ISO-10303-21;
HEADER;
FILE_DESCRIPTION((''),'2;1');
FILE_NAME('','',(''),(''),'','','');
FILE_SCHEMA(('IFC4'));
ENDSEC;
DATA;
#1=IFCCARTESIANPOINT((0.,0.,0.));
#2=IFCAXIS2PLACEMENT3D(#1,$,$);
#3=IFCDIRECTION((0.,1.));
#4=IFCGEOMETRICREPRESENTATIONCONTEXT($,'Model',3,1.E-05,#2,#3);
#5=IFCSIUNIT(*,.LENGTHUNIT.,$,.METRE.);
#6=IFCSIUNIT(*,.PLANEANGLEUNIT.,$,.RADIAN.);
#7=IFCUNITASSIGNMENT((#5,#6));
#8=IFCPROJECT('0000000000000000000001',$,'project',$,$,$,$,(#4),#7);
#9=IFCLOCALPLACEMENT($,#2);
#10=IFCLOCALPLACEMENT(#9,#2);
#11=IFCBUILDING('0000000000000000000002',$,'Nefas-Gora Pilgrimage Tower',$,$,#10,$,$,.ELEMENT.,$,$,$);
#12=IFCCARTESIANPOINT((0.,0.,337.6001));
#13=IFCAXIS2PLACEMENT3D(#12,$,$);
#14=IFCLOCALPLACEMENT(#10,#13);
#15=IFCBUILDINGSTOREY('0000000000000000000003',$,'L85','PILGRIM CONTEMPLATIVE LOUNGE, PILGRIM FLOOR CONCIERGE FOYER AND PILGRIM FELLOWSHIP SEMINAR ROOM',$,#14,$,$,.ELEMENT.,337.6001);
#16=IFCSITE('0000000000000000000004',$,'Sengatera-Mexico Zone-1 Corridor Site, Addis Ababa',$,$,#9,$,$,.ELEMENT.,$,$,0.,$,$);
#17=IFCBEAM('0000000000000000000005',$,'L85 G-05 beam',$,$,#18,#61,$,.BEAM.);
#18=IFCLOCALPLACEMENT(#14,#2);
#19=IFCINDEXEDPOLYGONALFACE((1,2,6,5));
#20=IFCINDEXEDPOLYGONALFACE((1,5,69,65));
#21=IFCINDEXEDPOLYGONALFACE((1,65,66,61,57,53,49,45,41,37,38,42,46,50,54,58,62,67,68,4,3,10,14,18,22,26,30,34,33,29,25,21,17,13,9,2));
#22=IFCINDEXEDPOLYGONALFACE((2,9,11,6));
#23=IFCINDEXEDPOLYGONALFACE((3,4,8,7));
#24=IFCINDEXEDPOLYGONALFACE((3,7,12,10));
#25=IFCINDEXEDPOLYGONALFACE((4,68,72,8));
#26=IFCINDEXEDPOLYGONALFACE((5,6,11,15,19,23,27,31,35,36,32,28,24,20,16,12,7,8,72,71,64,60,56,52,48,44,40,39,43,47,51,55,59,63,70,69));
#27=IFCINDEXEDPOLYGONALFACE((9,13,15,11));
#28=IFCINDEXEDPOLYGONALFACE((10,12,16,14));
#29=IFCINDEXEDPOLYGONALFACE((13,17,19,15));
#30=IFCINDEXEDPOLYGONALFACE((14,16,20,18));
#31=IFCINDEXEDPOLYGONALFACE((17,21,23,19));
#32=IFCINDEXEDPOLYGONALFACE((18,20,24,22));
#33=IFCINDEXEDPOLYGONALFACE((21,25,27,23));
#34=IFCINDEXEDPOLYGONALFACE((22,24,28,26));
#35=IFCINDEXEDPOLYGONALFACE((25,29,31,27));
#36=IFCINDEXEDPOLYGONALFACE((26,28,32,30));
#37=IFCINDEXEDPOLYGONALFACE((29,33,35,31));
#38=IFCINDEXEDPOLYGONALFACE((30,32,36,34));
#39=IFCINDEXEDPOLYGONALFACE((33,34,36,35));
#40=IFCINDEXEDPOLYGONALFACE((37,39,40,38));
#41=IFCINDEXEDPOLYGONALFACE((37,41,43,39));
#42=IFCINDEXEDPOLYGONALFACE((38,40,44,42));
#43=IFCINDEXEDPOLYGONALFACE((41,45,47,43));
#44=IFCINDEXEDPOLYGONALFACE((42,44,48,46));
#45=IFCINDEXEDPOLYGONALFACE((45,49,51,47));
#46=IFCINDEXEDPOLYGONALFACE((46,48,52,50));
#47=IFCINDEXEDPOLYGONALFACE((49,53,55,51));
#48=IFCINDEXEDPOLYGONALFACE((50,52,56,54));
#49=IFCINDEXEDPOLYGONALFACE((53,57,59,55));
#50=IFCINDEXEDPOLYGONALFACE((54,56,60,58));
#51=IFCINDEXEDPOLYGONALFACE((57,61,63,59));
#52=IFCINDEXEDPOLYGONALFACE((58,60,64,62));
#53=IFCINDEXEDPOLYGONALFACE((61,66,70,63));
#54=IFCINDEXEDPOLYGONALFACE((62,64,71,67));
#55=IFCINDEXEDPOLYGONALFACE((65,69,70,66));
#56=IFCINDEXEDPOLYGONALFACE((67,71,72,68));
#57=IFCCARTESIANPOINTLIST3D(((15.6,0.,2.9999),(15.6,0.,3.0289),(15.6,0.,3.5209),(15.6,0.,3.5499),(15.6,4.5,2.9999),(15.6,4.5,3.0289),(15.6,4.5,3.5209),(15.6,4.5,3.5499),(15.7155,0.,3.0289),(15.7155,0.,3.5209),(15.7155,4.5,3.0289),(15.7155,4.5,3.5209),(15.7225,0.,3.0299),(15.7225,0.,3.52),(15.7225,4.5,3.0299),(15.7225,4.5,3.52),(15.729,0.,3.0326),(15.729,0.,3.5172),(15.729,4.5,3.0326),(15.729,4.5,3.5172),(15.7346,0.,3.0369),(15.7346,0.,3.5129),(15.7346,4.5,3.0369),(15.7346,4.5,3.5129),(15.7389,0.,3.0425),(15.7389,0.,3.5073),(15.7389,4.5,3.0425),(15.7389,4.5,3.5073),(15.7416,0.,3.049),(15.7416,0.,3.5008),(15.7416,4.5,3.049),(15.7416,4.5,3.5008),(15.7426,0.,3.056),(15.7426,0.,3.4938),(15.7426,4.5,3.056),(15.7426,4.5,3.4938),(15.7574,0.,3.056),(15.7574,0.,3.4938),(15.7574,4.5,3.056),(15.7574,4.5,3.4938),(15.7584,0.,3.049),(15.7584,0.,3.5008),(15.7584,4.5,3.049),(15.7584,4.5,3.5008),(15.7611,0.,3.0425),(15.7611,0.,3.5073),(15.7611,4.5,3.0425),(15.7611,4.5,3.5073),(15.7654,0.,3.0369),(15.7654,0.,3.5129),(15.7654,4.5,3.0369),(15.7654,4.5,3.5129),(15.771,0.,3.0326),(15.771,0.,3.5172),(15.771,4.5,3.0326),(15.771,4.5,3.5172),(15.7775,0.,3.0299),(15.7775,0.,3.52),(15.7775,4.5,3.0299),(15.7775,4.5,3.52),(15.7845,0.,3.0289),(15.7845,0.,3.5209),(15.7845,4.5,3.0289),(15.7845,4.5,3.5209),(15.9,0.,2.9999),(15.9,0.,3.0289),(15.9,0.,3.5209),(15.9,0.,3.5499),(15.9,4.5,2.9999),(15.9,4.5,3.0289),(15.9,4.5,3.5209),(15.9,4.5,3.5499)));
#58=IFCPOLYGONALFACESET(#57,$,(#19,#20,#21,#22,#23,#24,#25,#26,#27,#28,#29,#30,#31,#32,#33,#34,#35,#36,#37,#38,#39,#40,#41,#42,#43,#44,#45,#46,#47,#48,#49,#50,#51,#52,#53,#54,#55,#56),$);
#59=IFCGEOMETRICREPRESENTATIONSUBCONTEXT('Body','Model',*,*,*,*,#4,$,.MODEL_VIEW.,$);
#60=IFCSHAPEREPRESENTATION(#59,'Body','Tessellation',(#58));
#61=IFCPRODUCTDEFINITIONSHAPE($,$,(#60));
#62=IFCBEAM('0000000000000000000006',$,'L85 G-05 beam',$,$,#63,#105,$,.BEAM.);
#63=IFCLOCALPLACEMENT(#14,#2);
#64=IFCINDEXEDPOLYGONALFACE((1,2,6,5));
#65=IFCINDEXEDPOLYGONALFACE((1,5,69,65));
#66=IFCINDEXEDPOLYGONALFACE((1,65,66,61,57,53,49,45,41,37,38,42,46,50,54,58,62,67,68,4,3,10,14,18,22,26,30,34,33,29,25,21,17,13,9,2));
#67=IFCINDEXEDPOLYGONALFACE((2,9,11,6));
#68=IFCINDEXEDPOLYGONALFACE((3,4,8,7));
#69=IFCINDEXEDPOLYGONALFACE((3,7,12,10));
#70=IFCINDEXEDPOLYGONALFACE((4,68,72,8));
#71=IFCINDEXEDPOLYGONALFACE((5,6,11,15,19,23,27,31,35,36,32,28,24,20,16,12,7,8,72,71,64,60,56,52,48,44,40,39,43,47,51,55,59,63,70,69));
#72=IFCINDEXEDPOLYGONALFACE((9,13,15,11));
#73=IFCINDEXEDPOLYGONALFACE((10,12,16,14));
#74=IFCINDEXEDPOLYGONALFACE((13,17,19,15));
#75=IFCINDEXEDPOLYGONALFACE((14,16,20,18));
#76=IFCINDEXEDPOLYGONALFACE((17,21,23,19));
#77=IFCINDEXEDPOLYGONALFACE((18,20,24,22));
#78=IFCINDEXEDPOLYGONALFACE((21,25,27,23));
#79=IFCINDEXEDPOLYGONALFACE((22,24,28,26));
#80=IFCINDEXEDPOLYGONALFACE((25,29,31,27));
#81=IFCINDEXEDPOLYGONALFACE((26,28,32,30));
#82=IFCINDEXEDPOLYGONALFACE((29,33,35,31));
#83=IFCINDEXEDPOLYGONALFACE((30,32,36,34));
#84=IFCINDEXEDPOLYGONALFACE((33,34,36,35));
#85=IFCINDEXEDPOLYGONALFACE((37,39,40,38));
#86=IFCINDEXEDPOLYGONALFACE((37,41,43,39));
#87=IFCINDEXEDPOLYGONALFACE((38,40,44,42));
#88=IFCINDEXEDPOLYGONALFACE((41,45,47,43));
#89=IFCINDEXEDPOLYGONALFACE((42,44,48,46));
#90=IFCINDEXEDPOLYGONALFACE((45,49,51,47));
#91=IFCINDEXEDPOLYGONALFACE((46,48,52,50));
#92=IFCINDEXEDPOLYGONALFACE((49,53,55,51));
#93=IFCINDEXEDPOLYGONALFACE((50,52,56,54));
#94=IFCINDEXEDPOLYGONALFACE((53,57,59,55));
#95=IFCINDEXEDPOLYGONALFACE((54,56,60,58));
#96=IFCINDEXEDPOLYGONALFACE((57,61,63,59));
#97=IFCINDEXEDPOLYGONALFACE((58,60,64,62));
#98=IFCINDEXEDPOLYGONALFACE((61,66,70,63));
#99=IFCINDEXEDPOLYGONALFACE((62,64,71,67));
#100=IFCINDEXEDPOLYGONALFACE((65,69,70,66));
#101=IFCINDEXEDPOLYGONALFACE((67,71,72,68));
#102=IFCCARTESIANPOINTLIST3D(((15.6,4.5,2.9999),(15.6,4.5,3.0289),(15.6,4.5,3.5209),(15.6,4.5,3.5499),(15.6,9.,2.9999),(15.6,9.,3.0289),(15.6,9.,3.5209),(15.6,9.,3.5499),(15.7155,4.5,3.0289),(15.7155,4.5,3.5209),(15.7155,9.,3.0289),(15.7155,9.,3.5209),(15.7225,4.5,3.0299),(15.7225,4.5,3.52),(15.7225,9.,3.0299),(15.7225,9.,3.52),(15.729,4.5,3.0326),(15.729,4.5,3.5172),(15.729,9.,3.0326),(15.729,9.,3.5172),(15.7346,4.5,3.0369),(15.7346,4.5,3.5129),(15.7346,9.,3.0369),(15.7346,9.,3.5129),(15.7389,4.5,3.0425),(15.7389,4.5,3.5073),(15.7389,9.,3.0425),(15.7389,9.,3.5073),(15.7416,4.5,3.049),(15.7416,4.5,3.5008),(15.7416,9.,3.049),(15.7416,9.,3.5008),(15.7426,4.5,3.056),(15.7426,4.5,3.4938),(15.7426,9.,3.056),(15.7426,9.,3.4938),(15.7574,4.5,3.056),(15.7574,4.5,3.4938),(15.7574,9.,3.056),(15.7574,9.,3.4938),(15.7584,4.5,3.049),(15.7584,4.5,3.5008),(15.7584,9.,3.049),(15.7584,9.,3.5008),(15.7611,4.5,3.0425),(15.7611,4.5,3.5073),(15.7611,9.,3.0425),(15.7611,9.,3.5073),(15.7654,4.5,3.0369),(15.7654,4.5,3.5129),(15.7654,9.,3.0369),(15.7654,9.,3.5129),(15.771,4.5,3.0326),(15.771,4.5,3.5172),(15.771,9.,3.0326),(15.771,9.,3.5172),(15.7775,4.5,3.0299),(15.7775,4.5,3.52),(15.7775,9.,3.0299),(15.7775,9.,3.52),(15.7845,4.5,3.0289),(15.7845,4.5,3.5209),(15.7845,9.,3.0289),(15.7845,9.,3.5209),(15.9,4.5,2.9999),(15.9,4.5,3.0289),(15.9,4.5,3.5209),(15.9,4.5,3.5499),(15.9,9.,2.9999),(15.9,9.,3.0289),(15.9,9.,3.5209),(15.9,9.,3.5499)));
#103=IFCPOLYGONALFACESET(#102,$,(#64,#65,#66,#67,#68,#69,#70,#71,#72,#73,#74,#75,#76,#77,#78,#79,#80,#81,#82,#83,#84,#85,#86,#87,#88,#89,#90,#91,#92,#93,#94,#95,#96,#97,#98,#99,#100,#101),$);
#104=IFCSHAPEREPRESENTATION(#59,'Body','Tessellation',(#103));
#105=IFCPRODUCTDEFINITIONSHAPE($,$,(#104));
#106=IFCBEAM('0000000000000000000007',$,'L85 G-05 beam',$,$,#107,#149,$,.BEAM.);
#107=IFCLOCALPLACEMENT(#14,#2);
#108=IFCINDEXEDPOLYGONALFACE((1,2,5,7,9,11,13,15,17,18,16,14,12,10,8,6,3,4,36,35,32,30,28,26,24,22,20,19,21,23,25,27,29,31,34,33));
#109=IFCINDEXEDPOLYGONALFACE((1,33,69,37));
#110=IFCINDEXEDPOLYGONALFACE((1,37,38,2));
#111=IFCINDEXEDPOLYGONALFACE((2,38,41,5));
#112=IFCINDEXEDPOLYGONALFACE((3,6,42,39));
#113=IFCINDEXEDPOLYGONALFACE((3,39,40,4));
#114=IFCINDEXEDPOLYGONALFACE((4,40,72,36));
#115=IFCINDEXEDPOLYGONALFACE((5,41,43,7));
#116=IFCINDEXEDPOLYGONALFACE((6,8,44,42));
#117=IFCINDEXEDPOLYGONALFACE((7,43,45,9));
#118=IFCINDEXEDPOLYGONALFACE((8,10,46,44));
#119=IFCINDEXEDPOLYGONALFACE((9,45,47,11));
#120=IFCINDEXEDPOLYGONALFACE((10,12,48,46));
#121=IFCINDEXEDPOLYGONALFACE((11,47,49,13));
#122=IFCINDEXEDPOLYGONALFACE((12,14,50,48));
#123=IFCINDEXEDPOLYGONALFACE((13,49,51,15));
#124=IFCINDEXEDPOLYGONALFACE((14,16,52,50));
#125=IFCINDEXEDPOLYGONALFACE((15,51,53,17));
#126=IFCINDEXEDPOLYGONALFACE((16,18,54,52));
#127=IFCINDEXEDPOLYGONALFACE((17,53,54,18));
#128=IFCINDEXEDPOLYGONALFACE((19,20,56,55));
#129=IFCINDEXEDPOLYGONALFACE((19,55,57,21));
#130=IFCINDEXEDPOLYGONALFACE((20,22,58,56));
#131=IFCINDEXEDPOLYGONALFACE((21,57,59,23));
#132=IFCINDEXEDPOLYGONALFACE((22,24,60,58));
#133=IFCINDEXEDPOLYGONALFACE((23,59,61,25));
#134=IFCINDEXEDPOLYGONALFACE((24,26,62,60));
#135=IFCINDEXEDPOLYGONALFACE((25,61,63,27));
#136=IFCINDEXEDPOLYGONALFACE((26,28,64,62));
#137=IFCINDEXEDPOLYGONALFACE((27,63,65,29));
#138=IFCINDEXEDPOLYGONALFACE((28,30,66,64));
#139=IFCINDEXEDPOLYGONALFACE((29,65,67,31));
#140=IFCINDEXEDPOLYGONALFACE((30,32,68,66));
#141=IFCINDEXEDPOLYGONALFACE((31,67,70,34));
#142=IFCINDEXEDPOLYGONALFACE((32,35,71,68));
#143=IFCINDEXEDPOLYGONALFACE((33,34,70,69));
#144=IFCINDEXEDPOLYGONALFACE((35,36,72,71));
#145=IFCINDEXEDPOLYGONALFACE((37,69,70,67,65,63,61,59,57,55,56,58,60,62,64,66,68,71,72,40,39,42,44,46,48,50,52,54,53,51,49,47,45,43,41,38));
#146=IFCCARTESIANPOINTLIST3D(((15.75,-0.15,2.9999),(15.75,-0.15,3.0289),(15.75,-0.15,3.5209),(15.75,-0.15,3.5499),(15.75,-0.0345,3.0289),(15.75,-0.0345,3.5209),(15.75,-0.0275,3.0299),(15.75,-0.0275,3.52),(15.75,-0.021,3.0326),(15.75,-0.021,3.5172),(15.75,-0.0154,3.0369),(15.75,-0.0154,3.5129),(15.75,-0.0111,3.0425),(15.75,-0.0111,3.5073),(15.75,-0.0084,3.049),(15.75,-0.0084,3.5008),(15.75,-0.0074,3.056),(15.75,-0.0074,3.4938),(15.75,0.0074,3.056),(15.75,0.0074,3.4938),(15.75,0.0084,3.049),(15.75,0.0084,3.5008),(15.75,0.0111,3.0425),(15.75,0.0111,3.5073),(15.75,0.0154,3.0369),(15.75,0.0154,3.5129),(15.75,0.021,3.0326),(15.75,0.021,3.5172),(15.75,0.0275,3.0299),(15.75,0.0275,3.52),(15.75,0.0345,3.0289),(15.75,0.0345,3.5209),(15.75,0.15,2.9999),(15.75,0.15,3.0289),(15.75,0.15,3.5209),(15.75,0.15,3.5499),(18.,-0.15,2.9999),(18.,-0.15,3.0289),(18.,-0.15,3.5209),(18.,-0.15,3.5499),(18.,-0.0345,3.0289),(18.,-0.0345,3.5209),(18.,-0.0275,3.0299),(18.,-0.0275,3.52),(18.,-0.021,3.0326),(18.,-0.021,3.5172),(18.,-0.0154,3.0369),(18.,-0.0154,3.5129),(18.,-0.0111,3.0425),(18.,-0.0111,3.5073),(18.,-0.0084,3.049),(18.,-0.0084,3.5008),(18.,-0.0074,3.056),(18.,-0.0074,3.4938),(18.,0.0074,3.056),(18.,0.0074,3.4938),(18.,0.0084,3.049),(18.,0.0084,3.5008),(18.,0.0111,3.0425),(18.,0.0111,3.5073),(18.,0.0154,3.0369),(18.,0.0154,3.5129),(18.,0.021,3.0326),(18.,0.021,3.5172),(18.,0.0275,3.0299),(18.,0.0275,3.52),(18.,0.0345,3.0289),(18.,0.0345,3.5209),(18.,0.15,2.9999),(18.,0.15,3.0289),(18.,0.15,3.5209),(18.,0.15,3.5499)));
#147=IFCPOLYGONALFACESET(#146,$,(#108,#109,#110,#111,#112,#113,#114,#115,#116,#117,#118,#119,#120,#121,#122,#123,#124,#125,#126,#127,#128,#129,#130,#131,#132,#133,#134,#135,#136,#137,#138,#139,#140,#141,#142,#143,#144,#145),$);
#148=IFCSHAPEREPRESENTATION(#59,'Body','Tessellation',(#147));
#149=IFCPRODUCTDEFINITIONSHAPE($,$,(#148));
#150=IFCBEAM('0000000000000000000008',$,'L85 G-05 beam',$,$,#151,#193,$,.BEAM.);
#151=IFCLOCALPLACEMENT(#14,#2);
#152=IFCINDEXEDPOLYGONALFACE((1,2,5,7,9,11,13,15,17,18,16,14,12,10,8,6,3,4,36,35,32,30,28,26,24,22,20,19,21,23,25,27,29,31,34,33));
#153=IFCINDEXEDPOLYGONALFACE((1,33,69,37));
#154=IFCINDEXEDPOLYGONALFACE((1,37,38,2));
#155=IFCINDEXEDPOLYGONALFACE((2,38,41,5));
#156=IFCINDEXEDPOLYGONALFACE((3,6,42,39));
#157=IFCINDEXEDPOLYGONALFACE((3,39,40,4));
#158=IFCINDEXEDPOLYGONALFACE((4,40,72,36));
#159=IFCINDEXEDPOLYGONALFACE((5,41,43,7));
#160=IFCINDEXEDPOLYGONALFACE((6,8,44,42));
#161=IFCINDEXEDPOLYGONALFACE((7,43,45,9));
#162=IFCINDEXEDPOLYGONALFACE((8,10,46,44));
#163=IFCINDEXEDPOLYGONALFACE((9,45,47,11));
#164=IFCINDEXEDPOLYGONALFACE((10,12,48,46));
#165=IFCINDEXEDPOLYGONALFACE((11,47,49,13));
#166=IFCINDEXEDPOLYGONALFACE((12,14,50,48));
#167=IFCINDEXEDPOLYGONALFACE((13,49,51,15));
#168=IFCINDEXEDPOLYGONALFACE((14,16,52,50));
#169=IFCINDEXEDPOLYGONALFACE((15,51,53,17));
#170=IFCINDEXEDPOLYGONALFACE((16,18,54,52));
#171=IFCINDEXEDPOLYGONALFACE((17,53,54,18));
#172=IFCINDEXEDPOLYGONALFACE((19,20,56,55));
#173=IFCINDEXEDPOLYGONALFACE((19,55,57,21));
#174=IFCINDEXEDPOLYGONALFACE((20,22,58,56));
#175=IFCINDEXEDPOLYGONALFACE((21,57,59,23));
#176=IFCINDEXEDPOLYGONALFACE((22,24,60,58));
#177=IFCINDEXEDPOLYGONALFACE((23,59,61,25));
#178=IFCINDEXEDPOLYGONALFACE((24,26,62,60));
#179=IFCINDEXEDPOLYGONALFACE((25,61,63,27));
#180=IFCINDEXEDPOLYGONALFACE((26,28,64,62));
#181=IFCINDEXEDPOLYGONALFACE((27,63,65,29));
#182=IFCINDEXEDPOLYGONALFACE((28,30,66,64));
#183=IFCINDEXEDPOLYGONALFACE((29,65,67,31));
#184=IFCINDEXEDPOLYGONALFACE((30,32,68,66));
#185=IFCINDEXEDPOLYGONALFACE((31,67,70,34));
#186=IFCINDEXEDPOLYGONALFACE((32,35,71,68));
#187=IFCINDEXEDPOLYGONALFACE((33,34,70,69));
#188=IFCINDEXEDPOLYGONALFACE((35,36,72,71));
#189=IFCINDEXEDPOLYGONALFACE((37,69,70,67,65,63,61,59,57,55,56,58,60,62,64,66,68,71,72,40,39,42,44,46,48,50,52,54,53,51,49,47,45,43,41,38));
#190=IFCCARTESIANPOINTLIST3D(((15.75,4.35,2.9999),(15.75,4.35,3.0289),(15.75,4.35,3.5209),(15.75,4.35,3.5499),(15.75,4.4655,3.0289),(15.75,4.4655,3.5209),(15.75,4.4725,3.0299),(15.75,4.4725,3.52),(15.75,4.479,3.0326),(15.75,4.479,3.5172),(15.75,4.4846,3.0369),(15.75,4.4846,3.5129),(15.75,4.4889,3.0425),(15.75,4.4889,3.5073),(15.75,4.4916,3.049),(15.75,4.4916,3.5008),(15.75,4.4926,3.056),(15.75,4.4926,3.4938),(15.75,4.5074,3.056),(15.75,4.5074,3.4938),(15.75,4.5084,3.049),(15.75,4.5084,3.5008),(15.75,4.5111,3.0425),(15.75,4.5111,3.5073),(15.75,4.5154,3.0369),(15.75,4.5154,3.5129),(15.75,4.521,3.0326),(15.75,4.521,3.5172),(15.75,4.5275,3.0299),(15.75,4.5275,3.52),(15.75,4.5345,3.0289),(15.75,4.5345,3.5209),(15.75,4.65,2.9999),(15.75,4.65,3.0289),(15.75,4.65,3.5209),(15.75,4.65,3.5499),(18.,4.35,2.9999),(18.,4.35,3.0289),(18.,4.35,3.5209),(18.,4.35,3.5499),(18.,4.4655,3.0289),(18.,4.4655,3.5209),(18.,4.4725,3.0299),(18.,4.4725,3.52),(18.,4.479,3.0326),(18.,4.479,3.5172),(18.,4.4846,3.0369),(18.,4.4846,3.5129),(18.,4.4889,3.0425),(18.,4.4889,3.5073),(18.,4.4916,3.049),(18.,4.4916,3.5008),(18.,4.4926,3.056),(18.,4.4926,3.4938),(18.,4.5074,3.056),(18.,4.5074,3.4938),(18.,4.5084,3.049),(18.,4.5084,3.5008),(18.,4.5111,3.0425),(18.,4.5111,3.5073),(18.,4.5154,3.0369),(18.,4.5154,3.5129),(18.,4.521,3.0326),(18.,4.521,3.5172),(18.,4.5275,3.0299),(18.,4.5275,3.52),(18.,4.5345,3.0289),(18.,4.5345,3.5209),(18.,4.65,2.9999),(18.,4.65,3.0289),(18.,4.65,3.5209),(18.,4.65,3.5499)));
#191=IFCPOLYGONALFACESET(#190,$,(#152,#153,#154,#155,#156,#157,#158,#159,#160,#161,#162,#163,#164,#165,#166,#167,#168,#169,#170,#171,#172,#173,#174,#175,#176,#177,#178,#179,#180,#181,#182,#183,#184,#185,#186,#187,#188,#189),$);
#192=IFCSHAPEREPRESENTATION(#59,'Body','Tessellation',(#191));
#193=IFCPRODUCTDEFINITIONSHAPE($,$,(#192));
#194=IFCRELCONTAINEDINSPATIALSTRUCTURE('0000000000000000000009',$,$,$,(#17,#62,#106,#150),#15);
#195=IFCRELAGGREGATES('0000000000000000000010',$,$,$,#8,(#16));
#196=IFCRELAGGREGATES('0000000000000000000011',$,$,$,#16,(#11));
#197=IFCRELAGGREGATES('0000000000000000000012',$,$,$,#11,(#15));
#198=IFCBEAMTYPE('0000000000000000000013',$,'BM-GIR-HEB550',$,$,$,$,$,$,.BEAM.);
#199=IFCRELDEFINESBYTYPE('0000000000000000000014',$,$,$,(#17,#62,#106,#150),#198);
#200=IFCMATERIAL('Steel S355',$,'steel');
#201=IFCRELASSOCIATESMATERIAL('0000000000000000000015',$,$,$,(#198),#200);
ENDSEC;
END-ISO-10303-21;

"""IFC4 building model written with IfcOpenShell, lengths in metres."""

from ifc_helpers import new_model, si_unit, direction, frame, origin, origin_2d, place, context, subcontext, project, spatial, i_section, extrude, source, transform, mapped, material, material_profile, profile_set, type_object, element, save


model = new_model("IFC4")

# Units and contexts
model_context = context("Model", 3, precision=1e-05, world=origin(), true_north=direction((0.0, 1.0)))
body_context = subcontext(model_context, "Body", "Model", "MODEL_VIEW")
ifc_project = project(units=[si_unit("LENGTHUNIT", "METRE"), si_unit("PLANEANGLEUNIT", "RADIAN")], contexts=[model_context])

# Site, building, storey
site_placement = place(None, origin())
site = spatial("IfcSite", under=ifc_project, at=site_placement, Name="Sengatera-Mexico Zone-1 Corridor Site, Addis Ababa", CompositionType="ELEMENT", RefElevation=0.0)
building_placement = place(site_placement, origin())
building = spatial("IfcBuilding", under=site, at=building_placement, Name="Nefas-Gora Pilgrimage Tower", CompositionType="ELEMENT")
storey_placement = place(building_placement, frame((0.0, 0.0, 337.6001)))
storey = spatial("IfcBuildingStorey", under=building, at=storey_placement, Name="L85", Description="PILGRIM CONTEMPLATIVE LOUNGE, PILGRIM FLOOR CONCIERGE FOYER AND PILGRIM FELLOWSHIP SEMINAR ROOM", CompositionType="ELEMENT", Elevation=337.6001)

# Shared definitions
ifc_material_1 = material(Name="Steel S355", Category="steel")

# Beams
ifc_material_profile_1 = material_profile(ifc_material_1, i_section(OverallWidth=0.3, OverallDepth=0.55, WebThickness=0.0149, FlangeThickness=0.0291, FilletRadius=0.0271, at=origin_2d()), Name="HEB 550")
ifc_profile_set_1 = profile_set([ifc_material_profile_1], Name="Steel S355")
beam_type_1 = type_object("IfcBeamType", Name="BM-GIR-HEB550", PredefinedType="BEAM", material=ifc_profile_set_1)
shared_shape_1 = source(origin(), body_context, "Body", "SweptSolid", [
    extrude(i_section(OverallWidth=0.3, OverallDepth=0.55, WebThickness=0.0149, FlangeThickness=0.0291, FilletRadius=0.0271, at=origin_2d()), origin(), (0.0, 0.0, 1.0), 4.5),
])
for number, where, z_axis, x_axis, name in (
    (1, (15.75, 0.0, 3.2749), (0.0, 1.0, 0.0), (-1.0, 0.0, 0.0), "L85 G-05 beam"),
    (2, (15.75, 4.5, 3.2749), (0.0, 1.0, 0.0), (-1.0, 0.0, 0.0), "L85 G-05 beam"),
):
    element("IfcBeam", number, at=place(storey_placement, frame(where, z_axis=z_axis, x_axis=x_axis)), inside=storey, type_object=beam_type_1, Name=name, PredefinedType="BEAM", context=body_context, shape_type="MappedRepresentation", body=[
        mapped(shared_shape_1, transform((0.0, 0.0, 0.0), x_axis=(1.0, 0.0, 0.0), y_axis=(0.0, 1.0, 0.0), z_axis=(0.0, 0.0, 1.0), scale=1.0)),
    ])
shared_shape_2 = source(origin(), body_context, "Body", "SweptSolid", [
    extrude(i_section(OverallWidth=0.3, OverallDepth=0.55, WebThickness=0.0149, FlangeThickness=0.0291, FilletRadius=0.0271, at=origin_2d()), origin(), (0.0, 0.0, 1.0), 2.25),
])
for number, where, z_axis, x_axis, name in (
    (3, (15.75, 0.0, 3.2749), (1.0, 0.0, 0.0), (0.0, 1.0, 0.0), "L85 G-05 beam"),
    (4, (15.75, 4.5, 3.2749), (1.0, 0.0, 0.0), (0.0, 1.0, 0.0), "L85 G-05 beam"),
):
    element("IfcBeam", number, at=place(storey_placement, frame(where, z_axis=z_axis, x_axis=x_axis)), inside=storey, type_object=beam_type_1, Name=name, PredefinedType="BEAM", context=body_context, shape_type="MappedRepresentation", body=[
        mapped(shared_shape_2, transform((0.0, 0.0, 0.0), x_axis=(1.0, 0.0, 0.0), y_axis=(0.0, 1.0, 0.0), z_axis=(0.0, 0.0, 1.0), scale=1.0)),
    ])

save(model, "model.ifc")
